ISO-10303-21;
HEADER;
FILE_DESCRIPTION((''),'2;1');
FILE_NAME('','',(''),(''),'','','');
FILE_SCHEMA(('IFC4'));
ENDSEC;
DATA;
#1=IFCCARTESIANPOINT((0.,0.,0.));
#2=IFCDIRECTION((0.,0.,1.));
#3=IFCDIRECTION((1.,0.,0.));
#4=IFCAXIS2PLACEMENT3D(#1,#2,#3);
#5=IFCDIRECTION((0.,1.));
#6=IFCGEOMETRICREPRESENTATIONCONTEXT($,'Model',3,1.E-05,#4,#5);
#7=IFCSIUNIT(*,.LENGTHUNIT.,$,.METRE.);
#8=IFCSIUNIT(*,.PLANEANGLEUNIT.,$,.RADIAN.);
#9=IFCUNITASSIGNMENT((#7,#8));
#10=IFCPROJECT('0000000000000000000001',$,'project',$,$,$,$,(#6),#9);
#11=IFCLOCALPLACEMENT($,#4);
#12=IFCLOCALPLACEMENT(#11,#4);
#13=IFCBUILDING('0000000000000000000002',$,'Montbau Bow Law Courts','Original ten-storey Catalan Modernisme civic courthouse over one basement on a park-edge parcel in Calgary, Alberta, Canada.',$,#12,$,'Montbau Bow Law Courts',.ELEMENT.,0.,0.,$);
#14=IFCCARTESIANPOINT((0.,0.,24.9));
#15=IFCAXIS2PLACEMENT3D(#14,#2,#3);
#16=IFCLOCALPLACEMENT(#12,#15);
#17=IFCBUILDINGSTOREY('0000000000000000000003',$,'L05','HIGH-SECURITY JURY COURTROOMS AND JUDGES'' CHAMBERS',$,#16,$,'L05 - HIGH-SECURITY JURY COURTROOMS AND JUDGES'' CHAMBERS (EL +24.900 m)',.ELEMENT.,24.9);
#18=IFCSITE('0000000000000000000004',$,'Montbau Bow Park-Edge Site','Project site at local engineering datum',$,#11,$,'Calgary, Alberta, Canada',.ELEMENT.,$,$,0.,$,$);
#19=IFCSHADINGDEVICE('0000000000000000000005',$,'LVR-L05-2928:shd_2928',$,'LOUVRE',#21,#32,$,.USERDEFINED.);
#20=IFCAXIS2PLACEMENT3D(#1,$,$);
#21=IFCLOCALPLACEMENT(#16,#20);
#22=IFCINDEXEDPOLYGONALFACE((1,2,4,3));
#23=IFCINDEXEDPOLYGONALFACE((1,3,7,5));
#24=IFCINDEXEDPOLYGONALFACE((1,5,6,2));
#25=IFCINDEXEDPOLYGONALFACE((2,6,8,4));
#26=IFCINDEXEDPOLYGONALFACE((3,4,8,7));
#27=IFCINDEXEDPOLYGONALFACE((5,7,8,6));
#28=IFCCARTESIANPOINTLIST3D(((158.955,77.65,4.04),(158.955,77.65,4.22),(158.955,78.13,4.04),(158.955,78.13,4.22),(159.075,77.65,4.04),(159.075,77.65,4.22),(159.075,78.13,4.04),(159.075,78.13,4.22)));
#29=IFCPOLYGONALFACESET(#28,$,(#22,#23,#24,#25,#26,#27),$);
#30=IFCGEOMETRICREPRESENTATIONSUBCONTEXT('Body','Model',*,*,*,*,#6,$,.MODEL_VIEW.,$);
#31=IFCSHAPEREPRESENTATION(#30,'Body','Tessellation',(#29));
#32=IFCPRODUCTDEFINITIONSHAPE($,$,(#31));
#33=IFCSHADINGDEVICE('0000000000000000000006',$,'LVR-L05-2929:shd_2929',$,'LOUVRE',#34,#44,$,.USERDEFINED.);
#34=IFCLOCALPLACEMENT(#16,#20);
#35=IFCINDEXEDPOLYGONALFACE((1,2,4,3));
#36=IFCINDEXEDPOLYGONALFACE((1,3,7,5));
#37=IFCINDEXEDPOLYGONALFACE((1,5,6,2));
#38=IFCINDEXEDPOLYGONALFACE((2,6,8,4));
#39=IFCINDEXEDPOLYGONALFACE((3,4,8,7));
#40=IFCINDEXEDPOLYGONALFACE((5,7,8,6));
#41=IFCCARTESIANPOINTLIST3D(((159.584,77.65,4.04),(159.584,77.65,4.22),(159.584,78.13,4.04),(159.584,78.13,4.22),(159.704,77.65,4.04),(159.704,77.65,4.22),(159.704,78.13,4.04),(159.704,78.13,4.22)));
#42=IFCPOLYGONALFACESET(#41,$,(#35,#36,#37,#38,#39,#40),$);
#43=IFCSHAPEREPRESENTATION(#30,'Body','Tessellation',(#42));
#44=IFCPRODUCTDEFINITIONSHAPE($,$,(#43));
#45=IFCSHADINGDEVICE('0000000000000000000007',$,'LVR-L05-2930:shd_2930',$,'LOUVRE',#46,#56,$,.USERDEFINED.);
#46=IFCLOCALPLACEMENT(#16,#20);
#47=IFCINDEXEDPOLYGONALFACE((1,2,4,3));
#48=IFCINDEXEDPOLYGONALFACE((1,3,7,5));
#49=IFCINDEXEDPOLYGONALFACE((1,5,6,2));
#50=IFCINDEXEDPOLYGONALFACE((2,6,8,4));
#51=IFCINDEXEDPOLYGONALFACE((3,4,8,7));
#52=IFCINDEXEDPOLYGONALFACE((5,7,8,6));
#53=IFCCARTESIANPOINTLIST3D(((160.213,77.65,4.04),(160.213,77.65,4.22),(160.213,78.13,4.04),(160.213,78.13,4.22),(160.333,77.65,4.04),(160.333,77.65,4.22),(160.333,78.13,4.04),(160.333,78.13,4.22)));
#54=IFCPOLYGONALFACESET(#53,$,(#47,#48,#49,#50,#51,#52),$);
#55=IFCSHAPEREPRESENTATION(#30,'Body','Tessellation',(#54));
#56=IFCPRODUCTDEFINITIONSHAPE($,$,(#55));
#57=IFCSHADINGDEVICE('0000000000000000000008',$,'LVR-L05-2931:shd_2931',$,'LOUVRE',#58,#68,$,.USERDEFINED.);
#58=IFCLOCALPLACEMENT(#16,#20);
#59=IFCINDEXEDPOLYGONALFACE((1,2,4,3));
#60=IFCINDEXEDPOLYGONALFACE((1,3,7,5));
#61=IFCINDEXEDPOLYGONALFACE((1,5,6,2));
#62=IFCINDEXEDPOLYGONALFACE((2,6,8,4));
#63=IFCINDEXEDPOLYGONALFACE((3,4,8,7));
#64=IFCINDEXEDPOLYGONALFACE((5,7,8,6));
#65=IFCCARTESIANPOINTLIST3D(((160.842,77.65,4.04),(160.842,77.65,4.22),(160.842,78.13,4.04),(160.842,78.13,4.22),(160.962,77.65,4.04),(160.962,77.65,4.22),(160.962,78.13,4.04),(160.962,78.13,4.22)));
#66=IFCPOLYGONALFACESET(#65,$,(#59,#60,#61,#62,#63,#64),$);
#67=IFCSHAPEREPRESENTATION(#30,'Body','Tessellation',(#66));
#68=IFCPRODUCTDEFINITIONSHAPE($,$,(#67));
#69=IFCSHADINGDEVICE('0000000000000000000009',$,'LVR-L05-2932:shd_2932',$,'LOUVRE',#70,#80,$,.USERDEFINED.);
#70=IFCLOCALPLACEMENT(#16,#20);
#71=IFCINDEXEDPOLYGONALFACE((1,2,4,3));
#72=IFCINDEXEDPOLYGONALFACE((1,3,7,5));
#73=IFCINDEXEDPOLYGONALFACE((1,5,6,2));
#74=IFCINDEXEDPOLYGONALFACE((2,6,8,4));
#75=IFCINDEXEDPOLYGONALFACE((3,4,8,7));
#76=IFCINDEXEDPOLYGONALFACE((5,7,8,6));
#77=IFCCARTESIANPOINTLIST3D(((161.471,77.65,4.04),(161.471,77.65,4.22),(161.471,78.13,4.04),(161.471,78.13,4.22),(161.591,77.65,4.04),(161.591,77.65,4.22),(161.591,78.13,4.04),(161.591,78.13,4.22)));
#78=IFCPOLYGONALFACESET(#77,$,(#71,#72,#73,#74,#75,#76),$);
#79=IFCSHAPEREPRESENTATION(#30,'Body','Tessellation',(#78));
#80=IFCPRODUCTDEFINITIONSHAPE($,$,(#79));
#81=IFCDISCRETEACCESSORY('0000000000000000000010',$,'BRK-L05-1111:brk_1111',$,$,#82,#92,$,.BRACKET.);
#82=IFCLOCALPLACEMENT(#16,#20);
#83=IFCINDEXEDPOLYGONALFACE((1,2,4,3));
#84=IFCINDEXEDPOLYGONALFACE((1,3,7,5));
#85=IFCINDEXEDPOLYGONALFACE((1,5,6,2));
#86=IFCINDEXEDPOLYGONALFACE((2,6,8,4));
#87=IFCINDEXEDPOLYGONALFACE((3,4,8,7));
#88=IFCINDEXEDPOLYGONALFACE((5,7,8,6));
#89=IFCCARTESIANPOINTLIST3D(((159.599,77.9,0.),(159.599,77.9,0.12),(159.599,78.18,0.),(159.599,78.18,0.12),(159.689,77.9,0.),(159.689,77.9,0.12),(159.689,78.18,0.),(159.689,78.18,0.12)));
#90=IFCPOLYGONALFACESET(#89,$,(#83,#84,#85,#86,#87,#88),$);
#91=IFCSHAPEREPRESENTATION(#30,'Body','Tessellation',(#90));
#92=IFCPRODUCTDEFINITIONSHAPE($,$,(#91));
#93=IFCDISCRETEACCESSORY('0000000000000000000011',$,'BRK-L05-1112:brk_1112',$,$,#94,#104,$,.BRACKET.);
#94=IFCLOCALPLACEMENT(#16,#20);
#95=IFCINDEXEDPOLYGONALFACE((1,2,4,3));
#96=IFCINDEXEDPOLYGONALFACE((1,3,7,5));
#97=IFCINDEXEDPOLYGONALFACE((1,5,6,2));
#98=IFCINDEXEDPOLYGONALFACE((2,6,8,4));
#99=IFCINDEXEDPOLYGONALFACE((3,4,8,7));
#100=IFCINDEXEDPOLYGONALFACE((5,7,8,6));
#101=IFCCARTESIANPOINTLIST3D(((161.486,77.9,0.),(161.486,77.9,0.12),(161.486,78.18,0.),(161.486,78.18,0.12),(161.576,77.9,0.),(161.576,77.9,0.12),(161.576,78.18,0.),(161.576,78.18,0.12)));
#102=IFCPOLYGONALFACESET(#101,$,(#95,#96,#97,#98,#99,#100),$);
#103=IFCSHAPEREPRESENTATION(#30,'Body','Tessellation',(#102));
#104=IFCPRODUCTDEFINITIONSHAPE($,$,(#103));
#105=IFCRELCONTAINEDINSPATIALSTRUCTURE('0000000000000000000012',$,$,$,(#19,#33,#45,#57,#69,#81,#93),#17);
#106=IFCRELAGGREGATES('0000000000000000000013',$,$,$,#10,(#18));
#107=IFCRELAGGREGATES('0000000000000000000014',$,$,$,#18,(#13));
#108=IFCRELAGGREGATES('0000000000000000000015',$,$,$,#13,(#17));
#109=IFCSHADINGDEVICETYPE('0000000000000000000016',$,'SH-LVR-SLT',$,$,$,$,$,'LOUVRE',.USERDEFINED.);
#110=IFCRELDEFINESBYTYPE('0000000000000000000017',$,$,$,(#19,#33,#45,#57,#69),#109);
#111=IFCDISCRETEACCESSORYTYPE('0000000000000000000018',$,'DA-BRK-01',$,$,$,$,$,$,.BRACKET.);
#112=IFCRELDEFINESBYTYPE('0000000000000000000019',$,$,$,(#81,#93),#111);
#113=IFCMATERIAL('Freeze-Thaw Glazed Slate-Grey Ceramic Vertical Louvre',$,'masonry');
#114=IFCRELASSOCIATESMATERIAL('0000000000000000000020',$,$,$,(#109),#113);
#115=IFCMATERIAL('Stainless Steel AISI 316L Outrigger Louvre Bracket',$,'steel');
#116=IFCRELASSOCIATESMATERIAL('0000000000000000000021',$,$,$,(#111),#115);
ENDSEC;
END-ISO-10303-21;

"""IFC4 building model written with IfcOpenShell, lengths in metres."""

from ifc_helpers import new_model, si_unit, direction, frame, origin_with_axes, origin_2d_with_axis, place, context, subcontext, project, spatial, rectangle, extrude, material, type_object, element, save


model = new_model("IFC4")

# Units and contexts
model_context = context("Model", 3, precision=1e-05, world=origin_with_axes(), true_north=direction((0.0, 1.0)))
body_context = subcontext(model_context, "Body", "Model", "MODEL_VIEW")
ifc_project = project(units=[si_unit("LENGTHUNIT", "METRE"), si_unit("PLANEANGLEUNIT", "RADIAN")], contexts=[model_context])

# Site, building, storey
site_placement = place(None, origin_with_axes())
site = spatial("IfcSite", under=ifc_project, at=site_placement, Name="Montbau Bow Park-Edge Site", Description="Project site at local engineering datum", LongName="Calgary, Alberta, Canada", CompositionType="ELEMENT", RefElevation=0.0)
building_placement = place(site_placement, origin_with_axes())
building = spatial("IfcBuilding", under=site, at=building_placement, Name="Montbau Bow Law Courts", Description="Original ten-storey Catalan Modernisme civic courthouse over one basement on a park-edge parcel in Calgary, Alberta, Canada.", LongName="Montbau Bow Law Courts", CompositionType="ELEMENT", ElevationOfRefHeight=0.0, ElevationOfTerrain=0.0)
storey_placement = place(building_placement, frame((0.0, 0.0, 24.9), z_axis=(0.0, 0.0, 1.0), x_axis=(1.0, 0.0, 0.0)))
storey = spatial("IfcBuildingStorey", under=building, at=storey_placement, Name="L05", Description="HIGH-SECURITY JURY COURTROOMS AND JUDGES' CHAMBERS", LongName="L05 - HIGH-SECURITY JURY COURTROOMS AND JUDGES' CHAMBERS (EL +24.900 m)", CompositionType="ELEMENT", Elevation=24.9)

# Shared definitions
ifc_material_1 = material(Name="Freeze-Thaw Glazed Slate-Grey Ceramic Vertical Louvre", Category="masonry")

# Shading devices
shading_device_type = type_object("IfcShadingDeviceType", Name="SH-LVR-SLT", ElementType="LOUVRE", PredefinedType="USERDEFINED", material=ifc_material_1)
for number, where, z_axis, x_axis, name in (
    (1, (159.015, 77.89, 28.94), (0.0, 0.0, 1.0), (0.0, -1.0, 0.0), "LVR-L05-2928:shd_2928"),
    (2, (159.644, 77.89, 28.94), (0.0, 0.0, 1.0), (0.0, -1.0, 0.0), "LVR-L05-2929:shd_2929"),
    (3, (160.273, 77.89, 28.94), (0.0, 0.0, 1.0), (0.0, -1.0, 0.0), "LVR-L05-2930:shd_2930"),
    (4, (160.902, 77.89, 28.94), (0.0, 0.0, 1.0), (0.0, -1.0, 0.0), "LVR-L05-2931:shd_2931"),
    (5, (161.531, 77.89, 28.94), (0.0, 0.0, 1.0), (0.0, -1.0, 0.0), "LVR-L05-2932:shd_2932"),
):
    element("IfcShadingDevice", number, at=place(None, frame(where, z_axis=z_axis, x_axis=x_axis)), inside=storey, type_object=shading_device_type, Name=name, ObjectType="LOUVRE", PredefinedType="USERDEFINED", context=body_context, shape_type="SweptSolid", body=[
        extrude(rectangle(XDim=0.48, YDim=0.12, at=origin_2d_with_axis()), origin_with_axes(), (0.0, 0.0, 1.0), 0.18),
    ])

# Discrete accessories
ifc_material_2 = material(Name="Stainless Steel AISI 316L Outrigger Louvre Bracket", Category="steel")
discrete_accessory_type = type_object("IfcDiscreteAccessoryType", Name="DA-BRK-01", PredefinedType="BRACKET", material=ifc_material_2)
for number, where, z_axis, x_axis, name in (
    (6, (159.644, 78.04, 24.9), (0.0, 0.0, 1.0), (0.0, -1.0, 0.0), "BRK-L05-1111:brk_1111"),
    (7, (161.531, 78.04, 24.9), (0.0, 0.0, 1.0), (0.0, -1.0, 0.0), "BRK-L05-1112:brk_1112"),
):
    element("IfcDiscreteAccessory", number, at=place(None, frame(where, z_axis=z_axis, x_axis=x_axis)), inside=storey, type_object=discrete_accessory_type, Name=name, PredefinedType="BRACKET", context=body_context, shape_type="SweptSolid", body=[
        extrude(rectangle(XDim=0.28, YDim=0.09, at=origin_2d_with_axis()), origin_with_axes(), (0.0, 0.0, 1.0), 0.12),
    ])

save(model, "model.ifc")
